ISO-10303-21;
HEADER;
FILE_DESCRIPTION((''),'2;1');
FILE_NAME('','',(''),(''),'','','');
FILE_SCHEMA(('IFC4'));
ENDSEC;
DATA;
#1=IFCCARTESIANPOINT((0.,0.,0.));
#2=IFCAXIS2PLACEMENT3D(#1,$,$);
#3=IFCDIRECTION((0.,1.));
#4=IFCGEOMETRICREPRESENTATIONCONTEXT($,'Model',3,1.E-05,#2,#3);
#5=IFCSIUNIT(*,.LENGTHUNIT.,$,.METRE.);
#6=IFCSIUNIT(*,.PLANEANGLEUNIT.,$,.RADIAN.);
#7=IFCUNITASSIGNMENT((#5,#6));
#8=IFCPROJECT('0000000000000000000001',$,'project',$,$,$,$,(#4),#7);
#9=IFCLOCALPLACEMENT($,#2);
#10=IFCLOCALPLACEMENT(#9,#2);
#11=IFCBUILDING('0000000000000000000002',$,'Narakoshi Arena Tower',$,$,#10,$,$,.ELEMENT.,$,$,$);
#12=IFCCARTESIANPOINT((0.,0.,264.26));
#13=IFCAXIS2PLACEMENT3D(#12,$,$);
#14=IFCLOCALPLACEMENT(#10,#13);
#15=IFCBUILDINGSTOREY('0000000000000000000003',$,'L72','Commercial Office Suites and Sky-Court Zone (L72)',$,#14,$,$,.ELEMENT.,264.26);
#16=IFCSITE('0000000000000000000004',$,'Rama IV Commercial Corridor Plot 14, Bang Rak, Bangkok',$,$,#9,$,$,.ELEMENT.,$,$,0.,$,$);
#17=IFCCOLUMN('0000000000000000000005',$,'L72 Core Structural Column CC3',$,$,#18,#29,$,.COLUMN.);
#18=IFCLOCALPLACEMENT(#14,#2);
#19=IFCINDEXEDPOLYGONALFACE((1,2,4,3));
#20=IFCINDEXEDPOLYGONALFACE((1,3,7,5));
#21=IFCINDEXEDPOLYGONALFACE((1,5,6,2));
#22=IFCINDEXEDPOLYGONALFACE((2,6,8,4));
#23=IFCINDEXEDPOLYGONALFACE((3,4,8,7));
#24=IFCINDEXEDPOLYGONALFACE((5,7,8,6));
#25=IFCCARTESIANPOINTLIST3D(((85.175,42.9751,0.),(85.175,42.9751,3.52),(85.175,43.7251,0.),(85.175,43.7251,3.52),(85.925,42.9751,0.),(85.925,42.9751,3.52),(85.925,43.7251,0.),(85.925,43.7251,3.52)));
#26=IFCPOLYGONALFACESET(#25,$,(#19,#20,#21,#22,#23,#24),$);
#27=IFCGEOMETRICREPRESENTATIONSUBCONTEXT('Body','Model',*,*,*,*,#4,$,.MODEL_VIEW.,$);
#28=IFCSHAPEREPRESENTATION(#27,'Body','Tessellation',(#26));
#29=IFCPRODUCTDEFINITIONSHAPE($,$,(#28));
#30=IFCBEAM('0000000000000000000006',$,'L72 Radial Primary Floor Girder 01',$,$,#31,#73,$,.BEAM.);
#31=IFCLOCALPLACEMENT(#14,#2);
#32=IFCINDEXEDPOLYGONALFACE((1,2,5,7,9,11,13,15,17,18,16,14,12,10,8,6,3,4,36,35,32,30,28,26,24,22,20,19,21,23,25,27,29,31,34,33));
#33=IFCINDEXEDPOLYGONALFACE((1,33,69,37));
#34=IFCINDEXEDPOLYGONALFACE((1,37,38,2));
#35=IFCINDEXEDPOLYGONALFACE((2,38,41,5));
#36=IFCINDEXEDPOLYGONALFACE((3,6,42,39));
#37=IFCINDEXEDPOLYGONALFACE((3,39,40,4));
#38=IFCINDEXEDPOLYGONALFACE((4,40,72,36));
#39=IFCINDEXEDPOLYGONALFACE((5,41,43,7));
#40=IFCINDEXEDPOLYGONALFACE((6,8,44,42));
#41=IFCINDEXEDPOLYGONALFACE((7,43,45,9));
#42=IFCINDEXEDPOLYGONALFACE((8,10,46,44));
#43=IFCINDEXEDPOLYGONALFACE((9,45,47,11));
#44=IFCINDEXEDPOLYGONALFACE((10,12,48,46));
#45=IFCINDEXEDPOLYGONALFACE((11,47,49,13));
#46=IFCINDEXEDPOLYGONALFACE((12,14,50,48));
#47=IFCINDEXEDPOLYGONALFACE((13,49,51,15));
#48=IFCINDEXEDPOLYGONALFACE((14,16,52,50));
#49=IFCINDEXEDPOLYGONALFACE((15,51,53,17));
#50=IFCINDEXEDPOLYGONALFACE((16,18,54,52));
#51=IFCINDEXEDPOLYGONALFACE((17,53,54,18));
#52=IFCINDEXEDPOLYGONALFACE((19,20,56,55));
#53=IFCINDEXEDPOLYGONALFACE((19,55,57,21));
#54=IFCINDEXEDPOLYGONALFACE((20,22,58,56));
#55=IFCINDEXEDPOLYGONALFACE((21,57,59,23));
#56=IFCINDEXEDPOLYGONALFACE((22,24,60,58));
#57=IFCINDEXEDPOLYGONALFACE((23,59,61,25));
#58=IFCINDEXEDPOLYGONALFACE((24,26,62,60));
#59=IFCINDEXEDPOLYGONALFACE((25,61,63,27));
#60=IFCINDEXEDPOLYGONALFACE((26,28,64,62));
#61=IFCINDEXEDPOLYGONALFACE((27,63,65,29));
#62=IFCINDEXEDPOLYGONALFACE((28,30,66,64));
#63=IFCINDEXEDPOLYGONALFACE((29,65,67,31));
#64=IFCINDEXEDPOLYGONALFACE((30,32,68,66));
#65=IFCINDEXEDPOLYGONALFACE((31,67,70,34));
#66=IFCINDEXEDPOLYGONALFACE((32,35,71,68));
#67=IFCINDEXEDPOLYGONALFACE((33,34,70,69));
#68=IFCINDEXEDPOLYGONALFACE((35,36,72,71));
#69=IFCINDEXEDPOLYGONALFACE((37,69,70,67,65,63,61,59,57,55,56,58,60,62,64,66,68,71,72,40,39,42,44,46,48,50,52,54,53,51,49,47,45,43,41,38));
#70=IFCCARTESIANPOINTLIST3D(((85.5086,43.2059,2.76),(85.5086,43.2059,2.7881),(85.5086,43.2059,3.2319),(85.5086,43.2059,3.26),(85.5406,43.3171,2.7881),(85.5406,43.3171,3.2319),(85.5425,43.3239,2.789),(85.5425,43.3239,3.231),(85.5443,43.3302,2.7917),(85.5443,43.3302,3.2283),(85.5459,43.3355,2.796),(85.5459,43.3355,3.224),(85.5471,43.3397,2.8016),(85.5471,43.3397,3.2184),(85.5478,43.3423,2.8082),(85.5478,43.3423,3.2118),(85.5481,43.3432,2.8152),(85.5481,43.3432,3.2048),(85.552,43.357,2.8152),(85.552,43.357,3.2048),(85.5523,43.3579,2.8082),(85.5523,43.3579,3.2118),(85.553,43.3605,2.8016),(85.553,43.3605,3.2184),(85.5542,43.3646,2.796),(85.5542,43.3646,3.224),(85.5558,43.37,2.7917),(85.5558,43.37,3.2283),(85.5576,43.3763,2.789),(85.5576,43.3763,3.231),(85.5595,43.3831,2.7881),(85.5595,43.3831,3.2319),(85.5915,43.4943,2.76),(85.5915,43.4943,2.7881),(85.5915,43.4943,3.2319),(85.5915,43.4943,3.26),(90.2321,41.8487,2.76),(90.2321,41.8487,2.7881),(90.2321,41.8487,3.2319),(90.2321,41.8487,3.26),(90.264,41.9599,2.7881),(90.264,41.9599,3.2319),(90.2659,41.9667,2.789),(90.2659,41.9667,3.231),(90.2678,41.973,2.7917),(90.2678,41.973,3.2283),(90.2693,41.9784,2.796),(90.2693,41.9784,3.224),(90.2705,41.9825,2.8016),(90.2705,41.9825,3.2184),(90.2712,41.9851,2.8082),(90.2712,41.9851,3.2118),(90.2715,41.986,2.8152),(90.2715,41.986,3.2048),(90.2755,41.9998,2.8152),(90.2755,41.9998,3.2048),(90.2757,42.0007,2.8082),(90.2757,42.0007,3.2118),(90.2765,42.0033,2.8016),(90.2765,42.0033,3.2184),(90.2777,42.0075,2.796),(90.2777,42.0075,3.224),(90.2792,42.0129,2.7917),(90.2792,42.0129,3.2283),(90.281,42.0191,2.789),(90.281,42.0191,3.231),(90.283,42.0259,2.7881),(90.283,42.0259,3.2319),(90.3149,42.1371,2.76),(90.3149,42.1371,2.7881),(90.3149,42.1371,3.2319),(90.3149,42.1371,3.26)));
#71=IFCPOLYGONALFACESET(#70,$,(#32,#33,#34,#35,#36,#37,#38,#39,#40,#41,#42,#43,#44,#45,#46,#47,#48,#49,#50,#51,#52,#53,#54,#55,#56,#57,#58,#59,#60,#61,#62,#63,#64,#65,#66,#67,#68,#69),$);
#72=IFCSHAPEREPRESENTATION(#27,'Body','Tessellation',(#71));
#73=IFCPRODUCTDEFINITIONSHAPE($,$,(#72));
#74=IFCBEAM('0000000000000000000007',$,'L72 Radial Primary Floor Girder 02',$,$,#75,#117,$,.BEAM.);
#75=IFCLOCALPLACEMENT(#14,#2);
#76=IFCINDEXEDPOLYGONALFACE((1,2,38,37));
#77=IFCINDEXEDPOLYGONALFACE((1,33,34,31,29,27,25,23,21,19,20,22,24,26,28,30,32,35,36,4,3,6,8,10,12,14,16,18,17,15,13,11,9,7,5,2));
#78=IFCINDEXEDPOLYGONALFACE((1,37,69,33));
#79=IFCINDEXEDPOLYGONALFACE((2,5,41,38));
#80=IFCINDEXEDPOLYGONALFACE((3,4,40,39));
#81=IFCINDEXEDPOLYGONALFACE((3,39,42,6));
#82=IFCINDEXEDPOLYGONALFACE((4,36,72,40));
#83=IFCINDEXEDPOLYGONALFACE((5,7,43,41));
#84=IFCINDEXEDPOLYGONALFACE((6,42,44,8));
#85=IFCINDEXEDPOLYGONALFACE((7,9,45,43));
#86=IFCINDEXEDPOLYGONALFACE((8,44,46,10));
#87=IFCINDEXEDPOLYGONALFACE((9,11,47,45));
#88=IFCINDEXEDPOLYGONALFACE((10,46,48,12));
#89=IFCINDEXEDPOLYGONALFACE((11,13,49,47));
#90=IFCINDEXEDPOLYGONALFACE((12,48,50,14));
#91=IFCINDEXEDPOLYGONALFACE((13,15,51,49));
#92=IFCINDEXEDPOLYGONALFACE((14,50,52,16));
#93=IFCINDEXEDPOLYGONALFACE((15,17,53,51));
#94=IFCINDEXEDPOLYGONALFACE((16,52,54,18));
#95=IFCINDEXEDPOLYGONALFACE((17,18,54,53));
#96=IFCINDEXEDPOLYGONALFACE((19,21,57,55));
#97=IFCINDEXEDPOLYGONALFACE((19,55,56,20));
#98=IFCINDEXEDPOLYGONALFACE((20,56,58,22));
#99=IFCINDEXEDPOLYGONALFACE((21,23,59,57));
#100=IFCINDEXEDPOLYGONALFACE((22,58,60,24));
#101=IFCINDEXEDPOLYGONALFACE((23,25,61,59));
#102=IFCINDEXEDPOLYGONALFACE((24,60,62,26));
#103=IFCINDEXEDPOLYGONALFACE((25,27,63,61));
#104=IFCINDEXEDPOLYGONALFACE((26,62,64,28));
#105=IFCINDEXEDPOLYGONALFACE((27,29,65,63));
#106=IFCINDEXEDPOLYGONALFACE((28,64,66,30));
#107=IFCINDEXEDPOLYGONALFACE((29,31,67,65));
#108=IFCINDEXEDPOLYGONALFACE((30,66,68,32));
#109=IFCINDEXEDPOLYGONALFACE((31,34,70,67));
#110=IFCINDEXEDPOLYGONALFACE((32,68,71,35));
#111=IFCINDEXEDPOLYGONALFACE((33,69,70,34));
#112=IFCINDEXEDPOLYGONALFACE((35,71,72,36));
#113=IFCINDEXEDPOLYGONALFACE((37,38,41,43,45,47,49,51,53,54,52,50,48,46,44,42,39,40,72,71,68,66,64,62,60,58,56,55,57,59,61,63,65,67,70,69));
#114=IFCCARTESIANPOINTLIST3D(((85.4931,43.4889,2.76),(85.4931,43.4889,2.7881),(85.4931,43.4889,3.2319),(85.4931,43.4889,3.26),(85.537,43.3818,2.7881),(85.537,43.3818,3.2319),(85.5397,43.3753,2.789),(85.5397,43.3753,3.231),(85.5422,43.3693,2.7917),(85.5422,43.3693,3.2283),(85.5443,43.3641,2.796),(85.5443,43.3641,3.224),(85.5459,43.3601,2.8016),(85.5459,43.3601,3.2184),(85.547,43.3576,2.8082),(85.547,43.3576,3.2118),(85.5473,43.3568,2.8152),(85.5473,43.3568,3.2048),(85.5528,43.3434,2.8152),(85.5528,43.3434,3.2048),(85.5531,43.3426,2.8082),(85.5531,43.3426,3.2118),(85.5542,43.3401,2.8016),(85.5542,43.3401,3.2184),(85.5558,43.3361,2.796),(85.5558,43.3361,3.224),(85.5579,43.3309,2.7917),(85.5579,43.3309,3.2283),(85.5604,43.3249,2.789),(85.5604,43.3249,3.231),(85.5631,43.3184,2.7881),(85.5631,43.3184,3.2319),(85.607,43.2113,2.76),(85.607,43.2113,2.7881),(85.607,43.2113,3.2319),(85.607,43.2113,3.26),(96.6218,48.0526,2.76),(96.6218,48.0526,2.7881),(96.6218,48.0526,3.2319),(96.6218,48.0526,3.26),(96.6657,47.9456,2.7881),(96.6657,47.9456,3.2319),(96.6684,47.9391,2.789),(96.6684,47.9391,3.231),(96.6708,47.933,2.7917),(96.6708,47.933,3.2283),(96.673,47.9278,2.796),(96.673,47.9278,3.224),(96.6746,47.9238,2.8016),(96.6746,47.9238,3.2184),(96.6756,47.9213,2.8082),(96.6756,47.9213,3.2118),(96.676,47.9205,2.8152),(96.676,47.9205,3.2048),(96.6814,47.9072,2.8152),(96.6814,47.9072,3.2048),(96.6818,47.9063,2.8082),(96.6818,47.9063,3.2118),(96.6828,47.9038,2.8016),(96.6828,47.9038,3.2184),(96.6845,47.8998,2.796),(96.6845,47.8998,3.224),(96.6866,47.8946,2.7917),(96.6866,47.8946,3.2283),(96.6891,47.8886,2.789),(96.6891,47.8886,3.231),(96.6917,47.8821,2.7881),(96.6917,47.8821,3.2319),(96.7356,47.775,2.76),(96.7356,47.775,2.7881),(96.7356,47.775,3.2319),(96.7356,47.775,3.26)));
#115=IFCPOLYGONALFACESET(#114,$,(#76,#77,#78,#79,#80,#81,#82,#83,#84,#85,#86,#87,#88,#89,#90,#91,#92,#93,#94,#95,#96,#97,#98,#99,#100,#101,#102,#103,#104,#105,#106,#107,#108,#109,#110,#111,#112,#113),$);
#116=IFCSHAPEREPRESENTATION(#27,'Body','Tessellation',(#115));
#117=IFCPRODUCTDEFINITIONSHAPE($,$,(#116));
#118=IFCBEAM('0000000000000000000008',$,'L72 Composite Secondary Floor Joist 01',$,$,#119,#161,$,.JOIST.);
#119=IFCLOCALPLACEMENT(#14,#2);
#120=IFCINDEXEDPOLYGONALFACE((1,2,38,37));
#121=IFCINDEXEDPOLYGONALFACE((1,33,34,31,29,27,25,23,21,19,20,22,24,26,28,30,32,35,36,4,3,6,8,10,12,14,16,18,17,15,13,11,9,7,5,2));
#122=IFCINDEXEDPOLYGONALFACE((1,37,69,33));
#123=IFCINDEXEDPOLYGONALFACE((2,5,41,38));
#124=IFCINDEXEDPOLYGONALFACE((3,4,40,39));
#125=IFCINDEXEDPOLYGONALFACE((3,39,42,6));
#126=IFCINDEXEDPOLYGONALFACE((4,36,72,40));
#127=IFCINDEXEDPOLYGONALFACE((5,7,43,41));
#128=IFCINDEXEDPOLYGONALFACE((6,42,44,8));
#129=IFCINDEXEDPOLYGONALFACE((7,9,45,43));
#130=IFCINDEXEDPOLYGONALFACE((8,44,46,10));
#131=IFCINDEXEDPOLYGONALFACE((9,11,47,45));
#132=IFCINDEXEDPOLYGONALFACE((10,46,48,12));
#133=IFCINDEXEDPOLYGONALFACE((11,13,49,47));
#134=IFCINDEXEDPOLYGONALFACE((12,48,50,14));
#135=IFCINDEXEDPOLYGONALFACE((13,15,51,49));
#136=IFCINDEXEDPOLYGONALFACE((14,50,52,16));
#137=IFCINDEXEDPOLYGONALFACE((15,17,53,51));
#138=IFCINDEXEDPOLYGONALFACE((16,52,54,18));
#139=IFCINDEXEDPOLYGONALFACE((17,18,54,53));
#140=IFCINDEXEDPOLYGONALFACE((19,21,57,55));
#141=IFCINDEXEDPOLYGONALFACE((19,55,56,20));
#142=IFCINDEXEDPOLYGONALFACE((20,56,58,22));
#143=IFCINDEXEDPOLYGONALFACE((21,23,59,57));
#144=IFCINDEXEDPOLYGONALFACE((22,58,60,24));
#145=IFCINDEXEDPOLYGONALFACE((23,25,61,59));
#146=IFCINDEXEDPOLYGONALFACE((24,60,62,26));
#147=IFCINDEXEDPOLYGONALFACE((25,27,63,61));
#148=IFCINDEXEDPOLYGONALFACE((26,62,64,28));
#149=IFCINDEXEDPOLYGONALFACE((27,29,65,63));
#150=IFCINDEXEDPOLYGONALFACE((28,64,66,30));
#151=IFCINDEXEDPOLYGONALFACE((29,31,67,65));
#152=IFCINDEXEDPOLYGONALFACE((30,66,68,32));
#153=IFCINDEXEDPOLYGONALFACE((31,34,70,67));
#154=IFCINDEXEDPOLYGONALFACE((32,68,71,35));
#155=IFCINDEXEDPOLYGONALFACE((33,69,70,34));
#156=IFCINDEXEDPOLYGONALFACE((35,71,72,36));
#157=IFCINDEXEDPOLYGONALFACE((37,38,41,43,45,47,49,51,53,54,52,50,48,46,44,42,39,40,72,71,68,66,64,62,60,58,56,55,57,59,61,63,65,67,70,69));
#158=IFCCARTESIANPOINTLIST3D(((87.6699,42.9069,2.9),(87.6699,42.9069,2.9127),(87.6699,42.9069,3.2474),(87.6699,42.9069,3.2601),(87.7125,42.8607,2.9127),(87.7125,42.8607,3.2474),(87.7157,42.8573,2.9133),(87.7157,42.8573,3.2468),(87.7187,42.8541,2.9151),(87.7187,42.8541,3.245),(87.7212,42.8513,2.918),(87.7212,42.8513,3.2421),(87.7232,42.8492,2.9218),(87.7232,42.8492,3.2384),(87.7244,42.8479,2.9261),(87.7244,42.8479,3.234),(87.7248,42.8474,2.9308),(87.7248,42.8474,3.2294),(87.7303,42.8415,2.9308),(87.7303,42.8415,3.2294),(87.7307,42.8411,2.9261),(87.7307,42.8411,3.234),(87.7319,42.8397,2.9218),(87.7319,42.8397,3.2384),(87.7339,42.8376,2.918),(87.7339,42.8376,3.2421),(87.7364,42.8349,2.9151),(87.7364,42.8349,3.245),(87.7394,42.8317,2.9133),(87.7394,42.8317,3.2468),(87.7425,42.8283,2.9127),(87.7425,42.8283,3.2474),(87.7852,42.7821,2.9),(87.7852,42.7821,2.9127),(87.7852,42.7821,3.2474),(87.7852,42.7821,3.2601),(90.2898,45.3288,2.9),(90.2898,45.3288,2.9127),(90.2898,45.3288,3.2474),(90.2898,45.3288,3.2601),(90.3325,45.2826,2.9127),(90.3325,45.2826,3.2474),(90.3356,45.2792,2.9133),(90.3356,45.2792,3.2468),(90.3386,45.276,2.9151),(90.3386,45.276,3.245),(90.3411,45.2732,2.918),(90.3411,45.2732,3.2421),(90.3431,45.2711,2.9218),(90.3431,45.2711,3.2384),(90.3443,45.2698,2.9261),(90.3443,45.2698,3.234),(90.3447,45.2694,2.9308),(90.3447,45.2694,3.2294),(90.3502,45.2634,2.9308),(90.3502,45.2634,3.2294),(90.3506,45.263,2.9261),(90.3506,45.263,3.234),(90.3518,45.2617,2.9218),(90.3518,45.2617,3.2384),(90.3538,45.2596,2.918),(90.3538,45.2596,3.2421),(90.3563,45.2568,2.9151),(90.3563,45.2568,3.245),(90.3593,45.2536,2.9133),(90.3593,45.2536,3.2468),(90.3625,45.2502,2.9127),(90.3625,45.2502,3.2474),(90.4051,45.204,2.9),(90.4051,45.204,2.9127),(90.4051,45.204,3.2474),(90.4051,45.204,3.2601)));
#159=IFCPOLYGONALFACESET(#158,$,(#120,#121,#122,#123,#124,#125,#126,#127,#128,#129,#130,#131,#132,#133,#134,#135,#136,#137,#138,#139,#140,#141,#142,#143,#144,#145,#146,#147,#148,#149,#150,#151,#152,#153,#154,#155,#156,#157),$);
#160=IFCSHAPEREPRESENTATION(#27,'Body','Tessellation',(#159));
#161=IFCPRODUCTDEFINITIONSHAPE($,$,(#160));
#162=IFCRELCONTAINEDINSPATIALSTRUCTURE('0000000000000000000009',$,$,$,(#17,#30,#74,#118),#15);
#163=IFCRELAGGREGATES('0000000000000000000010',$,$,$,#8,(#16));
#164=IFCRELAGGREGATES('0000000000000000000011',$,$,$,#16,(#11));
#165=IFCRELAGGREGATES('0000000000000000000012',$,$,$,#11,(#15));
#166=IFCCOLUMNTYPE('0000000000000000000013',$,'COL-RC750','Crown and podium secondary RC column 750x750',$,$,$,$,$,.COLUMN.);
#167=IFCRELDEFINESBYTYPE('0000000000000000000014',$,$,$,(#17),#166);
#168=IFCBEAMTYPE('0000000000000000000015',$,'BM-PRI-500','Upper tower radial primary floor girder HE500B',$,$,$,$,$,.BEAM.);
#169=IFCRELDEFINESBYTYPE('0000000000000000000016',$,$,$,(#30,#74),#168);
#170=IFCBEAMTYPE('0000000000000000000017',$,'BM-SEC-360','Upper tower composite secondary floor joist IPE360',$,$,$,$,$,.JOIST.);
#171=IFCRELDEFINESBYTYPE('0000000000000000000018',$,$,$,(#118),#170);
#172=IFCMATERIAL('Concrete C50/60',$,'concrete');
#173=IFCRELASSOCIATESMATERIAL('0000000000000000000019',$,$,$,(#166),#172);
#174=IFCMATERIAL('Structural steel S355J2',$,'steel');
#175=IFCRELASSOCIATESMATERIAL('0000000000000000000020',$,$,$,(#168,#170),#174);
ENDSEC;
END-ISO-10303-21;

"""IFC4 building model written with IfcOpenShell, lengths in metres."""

from ifc_helpers import new_model, si_unit, direction, frame, origin, origin_2d, place, context, subcontext, project, spatial, rectangle, i_section, extrude, material, material_profile, profile_set, type_object, element, save


model = new_model("IFC4")

# Units and contexts
model_context = context("Model", 3, precision=1e-05, world=origin(), true_north=direction((0.0, 1.0)))
body_context = subcontext(model_context, "Body", "Model", "MODEL_VIEW")
ifc_project = project(units=[si_unit("LENGTHUNIT", "METRE"), si_unit("PLANEANGLEUNIT", "RADIAN")], contexts=[model_context])

# Site, building, storey
site_placement = place(None, origin())
site = spatial("IfcSite", under=ifc_project, at=site_placement, Name="Rama IV Commercial Corridor Plot 14, Bang Rak, Bangkok", CompositionType="ELEMENT", RefElevation=0.0)
building_placement = place(site_placement, origin())
building = spatial("IfcBuilding", under=site, at=building_placement, Name="Narakoshi Arena Tower", CompositionType="ELEMENT")
storey_placement = place(building_placement, frame((0.0, 0.0, 264.26)))
storey = spatial("IfcBuildingStorey", under=building, at=storey_placement, Name="L72", Description="Commercial Office Suites and Sky-Court Zone (L72)", CompositionType="ELEMENT", Elevation=264.26)

# Column
ifc_material_1 = material(Name="Concrete C50/60", Category="concrete")
ifc_material_profile_1 = material_profile(ifc_material_1, rectangle(XDim=0.75, YDim=0.75, at=origin_2d()), Name="RC750x750")
ifc_profile_set_1 = profile_set([ifc_material_profile_1], Name="Concrete C50/60")
column_type = type_object("IfcColumnType", Name="COL-RC750", Description="Crown and podium secondary RC column 750x750", PredefinedType="COLUMN", material=ifc_profile_set_1)
column_placement = place(storey_placement, frame((85.55, 43.3501, 0.0), z_axis=(0.0, 0.0, 1.0), x_axis=(1.0, 0.0, 0.0)))
element("IfcColumn", 1, at=column_placement, inside=storey, type_object=column_type, Name="L72 Core Structural Column CC3", PredefinedType="COLUMN", context=body_context, shape_type="SweptSolid", body=[
    extrude(rectangle(XDim=0.75, YDim=0.75, at=origin_2d()), origin(), (0.0, 0.0, 1.0), 3.52),
])

# Beams
ifc_material_2 = material(Name="Structural steel S355J2", Category="steel")
ifc_material_profile_2 = material_profile(ifc_material_2, i_section(OverallWidth=0.3, OverallDepth=0.5, WebThickness=0.0144, FlangeThickness=0.0281, FilletRadius=0.0271, at=origin_2d()), Name="HE500B")
ifc_profile_set_2 = profile_set([ifc_material_profile_2], Name="Structural steel S355J2")
beam_type_1 = type_object("IfcBeamType", Name="BM-PRI-500", Description="Upper tower radial primary floor girder HE500B", PredefinedType="BEAM", material=ifc_profile_set_2)
beam_1_placement = place(storey_placement, frame((85.55, 43.3501, 3.01), z_axis=(0.961112, -0.276158, 0.0), x_axis=(0.276158, 0.961112, 0.0)))
element("IfcBeam", 2, at=beam_1_placement, inside=storey, type_object=beam_type_1, Name="L72 Radial Primary Floor Girder 01", PredefinedType="BEAM", context=body_context, shape_type="SweptSolid", body=[
    extrude(i_section(OverallWidth=0.3, OverallDepth=0.5, WebThickness=0.0144, FlangeThickness=0.0281, FilletRadius=0.0271, at=origin_2d()), origin(), (0.0, 0.0, 1.0), 4.9146),
])
beam_2_placement = place(storey_placement, frame((85.55, 43.3501, 3.01), z_axis=(0.925224, 0.379422, 0.0), x_axis=(-0.379422, 0.925224, 0.0)))
element("IfcBeam", 3, at=beam_2_placement, inside=storey, type_object=beam_type_1, Name="L72 Radial Primary Floor Girder 02", PredefinedType="BEAM", context=body_context, shape_type="SweptSolid", body=[
    extrude(i_section(OverallWidth=0.3, OverallDepth=0.5, WebThickness=0.0144, FlangeThickness=0.0281, FilletRadius=0.0271, at=origin_2d()), origin(), (0.0, 0.0, 1.0), 12.0281),
])
ifc_material_profile_3 = material_profile(ifc_material_2, i_section(OverallWidth=0.1699, OverallDepth=0.3601, WebThickness=0.0081, FlangeThickness=0.0127, FilletRadius=0.0181, at=origin_2d()), Name="IPE360")
ifc_profile_set_3 = profile_set([ifc_material_profile_3], Name="Structural steel S355J2")
beam_type_2 = type_object("IfcBeamType", Name="BM-SEC-360", Description="Upper tower composite secondary floor joist IPE360", PredefinedType="JOIST", material=ifc_profile_set_3)
beam_3_placement = place(storey_placement, frame((87.7275, 42.8445, 3.0801), z_axis=(0.73431, 0.678814, 0.0), x_axis=(-0.678814, 0.73431, 0.0)))
element("IfcBeam", 4, at=beam_3_placement, inside=storey, type_object=beam_type_2, Name="L72 Composite Secondary Floor Joist 01", PredefinedType="JOIST", context=body_context, shape_type="SweptSolid", body=[
    extrude(i_section(OverallWidth=0.1699, OverallDepth=0.3601, WebThickness=0.0081, FlangeThickness=0.0127, FilletRadius=0.0181, at=origin_2d()), origin(), (0.0, 0.0, 1.0), 3.5679),
])

save(model, "model.ifc")
